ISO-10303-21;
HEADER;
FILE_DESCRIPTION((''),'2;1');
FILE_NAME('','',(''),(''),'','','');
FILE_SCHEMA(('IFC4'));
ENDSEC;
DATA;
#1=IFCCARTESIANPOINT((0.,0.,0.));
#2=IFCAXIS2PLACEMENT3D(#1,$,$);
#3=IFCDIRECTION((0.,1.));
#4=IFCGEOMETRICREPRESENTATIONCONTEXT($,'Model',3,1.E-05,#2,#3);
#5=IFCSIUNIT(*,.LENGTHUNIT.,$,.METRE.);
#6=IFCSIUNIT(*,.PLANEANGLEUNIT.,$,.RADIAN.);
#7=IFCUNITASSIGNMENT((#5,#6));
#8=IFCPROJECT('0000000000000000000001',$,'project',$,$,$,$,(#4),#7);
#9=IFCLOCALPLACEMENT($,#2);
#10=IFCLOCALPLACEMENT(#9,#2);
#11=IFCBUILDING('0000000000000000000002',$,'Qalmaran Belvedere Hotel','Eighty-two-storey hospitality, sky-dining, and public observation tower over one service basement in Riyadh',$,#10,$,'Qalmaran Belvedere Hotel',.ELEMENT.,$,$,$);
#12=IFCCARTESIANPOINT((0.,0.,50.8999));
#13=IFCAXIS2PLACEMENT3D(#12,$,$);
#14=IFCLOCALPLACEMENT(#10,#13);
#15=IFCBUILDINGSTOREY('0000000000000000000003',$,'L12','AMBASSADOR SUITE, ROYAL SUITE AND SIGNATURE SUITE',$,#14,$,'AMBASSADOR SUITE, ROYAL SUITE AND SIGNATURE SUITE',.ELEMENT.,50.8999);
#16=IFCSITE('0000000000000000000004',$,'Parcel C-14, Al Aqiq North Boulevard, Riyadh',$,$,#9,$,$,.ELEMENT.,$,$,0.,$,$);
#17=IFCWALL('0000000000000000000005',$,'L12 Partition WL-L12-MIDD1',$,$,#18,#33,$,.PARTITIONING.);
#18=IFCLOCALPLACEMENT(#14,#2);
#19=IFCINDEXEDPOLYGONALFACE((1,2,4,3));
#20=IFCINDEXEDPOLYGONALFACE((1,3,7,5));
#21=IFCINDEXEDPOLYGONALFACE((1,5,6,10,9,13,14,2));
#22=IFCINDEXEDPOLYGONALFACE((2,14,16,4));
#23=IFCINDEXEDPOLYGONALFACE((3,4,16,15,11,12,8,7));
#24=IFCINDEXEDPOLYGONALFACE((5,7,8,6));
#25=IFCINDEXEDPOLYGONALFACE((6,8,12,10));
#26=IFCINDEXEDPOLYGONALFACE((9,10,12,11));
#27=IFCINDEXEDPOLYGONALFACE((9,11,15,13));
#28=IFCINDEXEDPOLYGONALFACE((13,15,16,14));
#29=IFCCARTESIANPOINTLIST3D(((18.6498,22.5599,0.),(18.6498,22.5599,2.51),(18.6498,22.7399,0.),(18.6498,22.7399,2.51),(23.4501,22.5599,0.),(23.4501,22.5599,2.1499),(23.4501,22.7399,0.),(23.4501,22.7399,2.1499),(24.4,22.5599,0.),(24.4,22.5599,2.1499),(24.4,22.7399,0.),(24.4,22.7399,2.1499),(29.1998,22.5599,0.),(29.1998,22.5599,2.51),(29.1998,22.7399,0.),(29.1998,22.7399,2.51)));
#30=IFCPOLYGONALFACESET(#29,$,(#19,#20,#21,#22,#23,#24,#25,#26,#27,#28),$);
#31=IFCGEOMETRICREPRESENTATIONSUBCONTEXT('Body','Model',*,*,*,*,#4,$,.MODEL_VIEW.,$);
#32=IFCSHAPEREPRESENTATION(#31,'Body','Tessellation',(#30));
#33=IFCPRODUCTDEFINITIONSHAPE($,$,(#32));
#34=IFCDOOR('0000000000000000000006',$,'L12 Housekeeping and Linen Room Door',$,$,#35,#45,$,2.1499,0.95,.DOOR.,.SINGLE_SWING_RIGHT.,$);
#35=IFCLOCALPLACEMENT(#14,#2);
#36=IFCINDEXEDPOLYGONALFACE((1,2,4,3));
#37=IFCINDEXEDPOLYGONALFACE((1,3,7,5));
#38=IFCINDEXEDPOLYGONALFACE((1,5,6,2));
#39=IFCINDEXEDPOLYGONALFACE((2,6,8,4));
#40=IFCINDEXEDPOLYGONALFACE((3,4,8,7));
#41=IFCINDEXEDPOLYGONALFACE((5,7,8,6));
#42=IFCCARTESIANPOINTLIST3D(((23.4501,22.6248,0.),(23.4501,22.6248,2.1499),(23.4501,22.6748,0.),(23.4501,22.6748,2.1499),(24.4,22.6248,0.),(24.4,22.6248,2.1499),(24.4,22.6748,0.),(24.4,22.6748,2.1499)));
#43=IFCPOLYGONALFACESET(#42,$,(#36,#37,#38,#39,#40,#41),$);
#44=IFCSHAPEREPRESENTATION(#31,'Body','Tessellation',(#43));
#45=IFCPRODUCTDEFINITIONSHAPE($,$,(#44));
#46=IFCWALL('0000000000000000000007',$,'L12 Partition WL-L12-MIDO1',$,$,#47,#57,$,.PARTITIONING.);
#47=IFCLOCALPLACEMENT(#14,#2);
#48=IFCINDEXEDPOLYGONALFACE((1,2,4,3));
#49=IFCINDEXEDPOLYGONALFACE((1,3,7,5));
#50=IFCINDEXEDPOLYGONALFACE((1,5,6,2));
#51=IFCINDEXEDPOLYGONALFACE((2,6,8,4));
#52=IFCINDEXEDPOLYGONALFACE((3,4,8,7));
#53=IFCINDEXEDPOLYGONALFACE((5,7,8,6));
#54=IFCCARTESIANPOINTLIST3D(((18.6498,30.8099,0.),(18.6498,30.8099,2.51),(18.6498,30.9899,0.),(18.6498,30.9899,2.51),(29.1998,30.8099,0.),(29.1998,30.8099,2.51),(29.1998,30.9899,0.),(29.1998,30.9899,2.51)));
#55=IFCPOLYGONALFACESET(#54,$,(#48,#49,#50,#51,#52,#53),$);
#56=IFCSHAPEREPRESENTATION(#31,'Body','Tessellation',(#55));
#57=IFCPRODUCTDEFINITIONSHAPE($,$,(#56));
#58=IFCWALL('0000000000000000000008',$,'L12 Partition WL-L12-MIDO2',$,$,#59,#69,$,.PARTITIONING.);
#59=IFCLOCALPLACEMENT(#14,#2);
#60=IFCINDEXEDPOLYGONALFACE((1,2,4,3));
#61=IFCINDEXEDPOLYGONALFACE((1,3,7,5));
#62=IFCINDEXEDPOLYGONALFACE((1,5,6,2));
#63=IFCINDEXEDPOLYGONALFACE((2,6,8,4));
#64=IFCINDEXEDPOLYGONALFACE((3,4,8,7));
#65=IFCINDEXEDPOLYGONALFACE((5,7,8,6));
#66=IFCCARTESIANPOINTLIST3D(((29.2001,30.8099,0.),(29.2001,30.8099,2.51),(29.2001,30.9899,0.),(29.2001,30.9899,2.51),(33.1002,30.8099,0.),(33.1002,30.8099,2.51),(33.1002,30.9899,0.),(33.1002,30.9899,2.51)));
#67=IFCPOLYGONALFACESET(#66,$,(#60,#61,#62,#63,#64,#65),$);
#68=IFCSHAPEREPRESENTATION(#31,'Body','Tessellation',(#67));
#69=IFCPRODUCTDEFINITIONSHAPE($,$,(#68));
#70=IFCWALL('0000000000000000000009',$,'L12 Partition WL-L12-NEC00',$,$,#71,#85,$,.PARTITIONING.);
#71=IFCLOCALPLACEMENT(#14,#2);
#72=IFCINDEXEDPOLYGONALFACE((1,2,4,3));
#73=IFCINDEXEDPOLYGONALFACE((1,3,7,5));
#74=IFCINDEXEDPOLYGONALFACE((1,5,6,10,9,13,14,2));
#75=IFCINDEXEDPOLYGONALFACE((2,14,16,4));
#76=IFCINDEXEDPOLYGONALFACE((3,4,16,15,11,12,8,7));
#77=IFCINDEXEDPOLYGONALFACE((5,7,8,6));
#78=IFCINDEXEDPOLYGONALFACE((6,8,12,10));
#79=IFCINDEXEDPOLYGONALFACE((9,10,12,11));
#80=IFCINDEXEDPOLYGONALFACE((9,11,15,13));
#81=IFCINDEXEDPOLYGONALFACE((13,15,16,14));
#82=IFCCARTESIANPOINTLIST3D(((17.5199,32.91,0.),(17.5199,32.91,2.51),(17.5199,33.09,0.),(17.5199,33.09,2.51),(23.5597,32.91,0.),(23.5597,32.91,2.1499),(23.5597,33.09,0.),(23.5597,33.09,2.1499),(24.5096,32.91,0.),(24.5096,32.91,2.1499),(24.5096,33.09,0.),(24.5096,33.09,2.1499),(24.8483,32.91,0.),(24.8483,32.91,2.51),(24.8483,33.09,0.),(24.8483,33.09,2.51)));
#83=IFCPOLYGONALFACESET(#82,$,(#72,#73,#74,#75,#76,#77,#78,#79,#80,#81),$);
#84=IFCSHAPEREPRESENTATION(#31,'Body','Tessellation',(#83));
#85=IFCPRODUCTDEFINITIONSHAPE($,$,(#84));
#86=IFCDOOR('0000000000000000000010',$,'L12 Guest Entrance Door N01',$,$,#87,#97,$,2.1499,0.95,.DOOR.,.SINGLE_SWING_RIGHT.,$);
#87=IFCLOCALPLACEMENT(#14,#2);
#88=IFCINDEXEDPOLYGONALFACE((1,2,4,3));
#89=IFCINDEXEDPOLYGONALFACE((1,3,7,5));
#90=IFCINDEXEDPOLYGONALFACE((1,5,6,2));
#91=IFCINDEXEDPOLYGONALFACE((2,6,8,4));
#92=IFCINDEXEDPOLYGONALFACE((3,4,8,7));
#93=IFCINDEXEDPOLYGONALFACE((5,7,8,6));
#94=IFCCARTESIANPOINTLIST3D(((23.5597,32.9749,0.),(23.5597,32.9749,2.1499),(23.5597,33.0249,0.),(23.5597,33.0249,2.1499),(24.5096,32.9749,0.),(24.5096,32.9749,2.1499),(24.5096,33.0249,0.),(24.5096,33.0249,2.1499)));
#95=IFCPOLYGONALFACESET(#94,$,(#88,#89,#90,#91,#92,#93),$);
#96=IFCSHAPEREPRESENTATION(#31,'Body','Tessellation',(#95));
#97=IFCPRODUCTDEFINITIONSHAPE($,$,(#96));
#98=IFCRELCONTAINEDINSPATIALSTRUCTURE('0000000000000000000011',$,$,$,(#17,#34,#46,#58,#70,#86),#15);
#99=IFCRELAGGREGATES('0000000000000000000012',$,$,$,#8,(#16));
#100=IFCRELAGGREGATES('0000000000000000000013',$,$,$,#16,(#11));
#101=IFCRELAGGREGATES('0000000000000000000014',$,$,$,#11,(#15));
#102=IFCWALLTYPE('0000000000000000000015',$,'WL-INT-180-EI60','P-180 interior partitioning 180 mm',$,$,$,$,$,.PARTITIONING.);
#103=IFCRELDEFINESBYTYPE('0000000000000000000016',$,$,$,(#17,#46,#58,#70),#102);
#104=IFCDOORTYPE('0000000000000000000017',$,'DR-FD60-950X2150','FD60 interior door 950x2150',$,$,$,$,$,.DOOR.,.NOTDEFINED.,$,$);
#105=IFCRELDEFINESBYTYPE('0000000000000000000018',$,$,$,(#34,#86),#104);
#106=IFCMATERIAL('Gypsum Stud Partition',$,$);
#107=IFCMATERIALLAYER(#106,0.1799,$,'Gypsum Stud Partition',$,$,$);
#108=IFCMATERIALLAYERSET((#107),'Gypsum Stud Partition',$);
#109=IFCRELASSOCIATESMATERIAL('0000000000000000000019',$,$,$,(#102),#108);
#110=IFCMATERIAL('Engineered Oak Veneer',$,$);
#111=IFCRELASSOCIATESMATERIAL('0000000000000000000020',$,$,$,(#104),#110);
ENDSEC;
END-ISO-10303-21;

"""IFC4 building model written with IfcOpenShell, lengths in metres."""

from ifc_helpers import new_model, si_unit, direction, frame, frame_2d, origin, place, context, subcontext, project, spatial, rectangle, extrude, material, layer, layer_set, type_object, element, fill, save


model = new_model("IFC4")

# Units and contexts
model_context = context("Model", 3, precision=1e-05, world=origin(), true_north=direction((0.0, 1.0)))
body_context = subcontext(model_context, "Body", "Model", "MODEL_VIEW")
ifc_project = project(units=[si_unit("LENGTHUNIT", "METRE"), si_unit("PLANEANGLEUNIT", "RADIAN")], contexts=[model_context])

# Site, building, storey
site_placement = place(None, origin())
site = spatial("IfcSite", under=ifc_project, at=site_placement, Name="Parcel C-14, Al Aqiq North Boulevard, Riyadh", CompositionType="ELEMENT", RefElevation=0.0)
building_placement = place(site_placement, origin())
building = spatial("IfcBuilding", under=site, at=building_placement, Name="Qalmaran Belvedere Hotel", Description="Eighty-two-storey hospitality, sky-dining, and public observation tower over one service basement in Riyadh", LongName="Qalmaran Belvedere Hotel", CompositionType="ELEMENT")
storey_placement = place(building_placement, frame((0.0, 0.0, 50.8999)))
storey = spatial("IfcBuildingStorey", under=building, at=storey_placement, Name="L12", Description="AMBASSADOR SUITE, ROYAL SUITE AND SIGNATURE SUITE", LongName="AMBASSADOR SUITE, ROYAL SUITE AND SIGNATURE SUITE", CompositionType="ELEMENT", Elevation=50.8999)

# Shared definitions
ifc_material_1 = material(Name="Gypsum Stud Partition")

# Wall, opening, door
ifc_layer_1 = layer(ifc_material_1, 0.1799, Name="Gypsum Stud Partition")
ifc_layer_set_1 = layer_set([ifc_layer_1], Name="Gypsum Stud Partition")
wall_type_1 = type_object("IfcWallType", Name="WL-INT-180-EI60", Description="P-180 interior partitioning 180 mm", PredefinedType="PARTITIONING", material=ifc_layer_set_1)
wall_1_placement = place(storey_placement, frame((18.6499, 22.6499, 0.0), z_axis=(0.0, 0.0, 1.0), x_axis=(1.0, 0.0, 0.0)))
wall_1 = element("IfcWall", 1, at=wall_1_placement, inside=storey, type_object=wall_type_1, Name="L12 Partition WL-L12-MIDD1", PredefinedType="PARTITIONING", context=body_context, shape_type="SweptSolid", body=[
    extrude(rectangle(XDim=10.55, YDim=0.1799, at=frame_2d((5.2749, 0.0))), origin(), (0.0, 0.0, 1.0), 2.51),
])
opening_1_placement = place(wall_1_placement, frame((4.8, 0.0, 0.0)))
opening_1 = element("IfcOpeningElement", 2, at=opening_1_placement, cuts=wall_1, PredefinedType="OPENING", context=body_context, shape_type="SweptSolid", body=[
    extrude(rectangle(XDim=0.95, YDim=2.1499, at=frame_2d((0.4751, 1.075))), frame((0.0, 0.1001, 0.0), z_axis=(0.0, -1.0, 0.0), x_axis=(1.0, 0.0, 0.0)), (0.0, 0.0, 1.0), 0.2),
])
ifc_material_2 = material(Name="Engineered Oak Veneer")
door_type_1 = type_object("IfcDoorType", Name="DR-FD60-950X2150", Description="FD60 interior door 950x2150", OperationType="NOTDEFINED", PredefinedType="DOOR", material=ifc_material_2)
door_1_placement = place(opening_1_placement, origin())
door_1 = element("IfcDoor", 3, at=door_1_placement, inside=storey, type_object=door_type_1, Name="L12 Housekeeping and Linen Room Door", OperationType="SINGLE_SWING_RIGHT", OverallHeight=2.1499, OverallWidth=0.95, PredefinedType="DOOR", context=body_context, shape_type="SweptSolid", body=[
    extrude(rectangle(XDim=0.95, YDim=2.1499, at=frame_2d((0.4751, 1.075))), frame((0.0, 0.0249, 0.0), z_axis=(0.0, -1.0, 0.0), x_axis=(1.0, 0.0, 0.0)), (0.0, 0.0, 1.0), 0.05),
])
fill(opening_1, door_1)

# Wall
wall_2_placement = place(storey_placement, frame((18.6499, 30.8999, 0.0), z_axis=(0.0, 0.0, 1.0), x_axis=(1.0, 0.0, 0.0)))
element("IfcWall", 4, at=wall_2_placement, inside=storey, type_object=wall_type_1, Name="L12 Partition WL-L12-MIDO1", PredefinedType="PARTITIONING", context=body_context, shape_type="SweptSolid", body=[
    extrude(rectangle(XDim=10.55, YDim=0.1799, at=frame_2d((5.2749, 0.0))), origin(), (0.0, 0.0, 1.0), 2.51),
])

# Wall
wall_3_placement = place(storey_placement, frame((29.2, 30.8999, 0.0), z_axis=(0.0, 0.0, 1.0), x_axis=(1.0, 0.0, 0.0)))
element("IfcWall", 5, at=wall_3_placement, inside=storey, type_object=wall_type_1, Name="L12 Partition WL-L12-MIDO2", PredefinedType="PARTITIONING", context=body_context, shape_type="SweptSolid", body=[
    extrude(rectangle(XDim=3.9001, YDim=0.1799, at=frame_2d((1.9502, 0.0))), origin(), (0.0, 0.0, 1.0), 2.51),
])

# Wall, opening, door
wall_4_placement = place(storey_placement, frame((17.52, 33.0, 0.0), z_axis=(0.0, 0.0, 1.0), x_axis=(1.0, 0.0, 0.0)))
wall_4 = element("IfcWall", 6, at=wall_4_placement, inside=storey, type_object=wall_type_1, Name="L12 Partition WL-L12-NEC00", PredefinedType="PARTITIONING", context=body_context, shape_type="SweptSolid", body=[
    extrude(rectangle(XDim=7.3284, YDim=0.1799, at=frame_2d((3.6641, 0.0))), origin(), (0.0, 0.0, 1.0), 2.51),
])
opening_2_placement = place(wall_4_placement, frame((6.0396, 0.0, 0.0)))
opening_2 = element("IfcOpeningElement", 7, at=opening_2_placement, cuts=wall_4, PredefinedType="OPENING", context=body_context, shape_type="SweptSolid", body=[
    extrude(rectangle(XDim=0.95, YDim=2.1499, at=frame_2d((0.4751, 1.075))), frame((0.0, 0.1001, 0.0), z_axis=(0.0, -1.0, 0.0), x_axis=(1.0, 0.0, 0.0)), (0.0, 0.0, 1.0), 0.2),
])
door_2_placement = place(opening_2_placement, origin())
door_2 = element("IfcDoor", 8, at=door_2_placement, inside=storey, type_object=door_type_1, Name="L12 Guest Entrance Door N01", OperationType="SINGLE_SWING_RIGHT", OverallHeight=2.1499, OverallWidth=0.95, PredefinedType="DOOR", context=body_context, shape_type="SweptSolid", body=[
    extrude(rectangle(XDim=0.95, YDim=2.1499, at=frame_2d((0.4751, 1.075))), frame((0.0, 0.0249, 0.0), z_axis=(0.0, -1.0, 0.0), x_axis=(1.0, 0.0, 0.0)), (0.0, 0.0, 1.0), 0.05),
])
fill(opening_2, door_2)

save(model, "model.ifc")
